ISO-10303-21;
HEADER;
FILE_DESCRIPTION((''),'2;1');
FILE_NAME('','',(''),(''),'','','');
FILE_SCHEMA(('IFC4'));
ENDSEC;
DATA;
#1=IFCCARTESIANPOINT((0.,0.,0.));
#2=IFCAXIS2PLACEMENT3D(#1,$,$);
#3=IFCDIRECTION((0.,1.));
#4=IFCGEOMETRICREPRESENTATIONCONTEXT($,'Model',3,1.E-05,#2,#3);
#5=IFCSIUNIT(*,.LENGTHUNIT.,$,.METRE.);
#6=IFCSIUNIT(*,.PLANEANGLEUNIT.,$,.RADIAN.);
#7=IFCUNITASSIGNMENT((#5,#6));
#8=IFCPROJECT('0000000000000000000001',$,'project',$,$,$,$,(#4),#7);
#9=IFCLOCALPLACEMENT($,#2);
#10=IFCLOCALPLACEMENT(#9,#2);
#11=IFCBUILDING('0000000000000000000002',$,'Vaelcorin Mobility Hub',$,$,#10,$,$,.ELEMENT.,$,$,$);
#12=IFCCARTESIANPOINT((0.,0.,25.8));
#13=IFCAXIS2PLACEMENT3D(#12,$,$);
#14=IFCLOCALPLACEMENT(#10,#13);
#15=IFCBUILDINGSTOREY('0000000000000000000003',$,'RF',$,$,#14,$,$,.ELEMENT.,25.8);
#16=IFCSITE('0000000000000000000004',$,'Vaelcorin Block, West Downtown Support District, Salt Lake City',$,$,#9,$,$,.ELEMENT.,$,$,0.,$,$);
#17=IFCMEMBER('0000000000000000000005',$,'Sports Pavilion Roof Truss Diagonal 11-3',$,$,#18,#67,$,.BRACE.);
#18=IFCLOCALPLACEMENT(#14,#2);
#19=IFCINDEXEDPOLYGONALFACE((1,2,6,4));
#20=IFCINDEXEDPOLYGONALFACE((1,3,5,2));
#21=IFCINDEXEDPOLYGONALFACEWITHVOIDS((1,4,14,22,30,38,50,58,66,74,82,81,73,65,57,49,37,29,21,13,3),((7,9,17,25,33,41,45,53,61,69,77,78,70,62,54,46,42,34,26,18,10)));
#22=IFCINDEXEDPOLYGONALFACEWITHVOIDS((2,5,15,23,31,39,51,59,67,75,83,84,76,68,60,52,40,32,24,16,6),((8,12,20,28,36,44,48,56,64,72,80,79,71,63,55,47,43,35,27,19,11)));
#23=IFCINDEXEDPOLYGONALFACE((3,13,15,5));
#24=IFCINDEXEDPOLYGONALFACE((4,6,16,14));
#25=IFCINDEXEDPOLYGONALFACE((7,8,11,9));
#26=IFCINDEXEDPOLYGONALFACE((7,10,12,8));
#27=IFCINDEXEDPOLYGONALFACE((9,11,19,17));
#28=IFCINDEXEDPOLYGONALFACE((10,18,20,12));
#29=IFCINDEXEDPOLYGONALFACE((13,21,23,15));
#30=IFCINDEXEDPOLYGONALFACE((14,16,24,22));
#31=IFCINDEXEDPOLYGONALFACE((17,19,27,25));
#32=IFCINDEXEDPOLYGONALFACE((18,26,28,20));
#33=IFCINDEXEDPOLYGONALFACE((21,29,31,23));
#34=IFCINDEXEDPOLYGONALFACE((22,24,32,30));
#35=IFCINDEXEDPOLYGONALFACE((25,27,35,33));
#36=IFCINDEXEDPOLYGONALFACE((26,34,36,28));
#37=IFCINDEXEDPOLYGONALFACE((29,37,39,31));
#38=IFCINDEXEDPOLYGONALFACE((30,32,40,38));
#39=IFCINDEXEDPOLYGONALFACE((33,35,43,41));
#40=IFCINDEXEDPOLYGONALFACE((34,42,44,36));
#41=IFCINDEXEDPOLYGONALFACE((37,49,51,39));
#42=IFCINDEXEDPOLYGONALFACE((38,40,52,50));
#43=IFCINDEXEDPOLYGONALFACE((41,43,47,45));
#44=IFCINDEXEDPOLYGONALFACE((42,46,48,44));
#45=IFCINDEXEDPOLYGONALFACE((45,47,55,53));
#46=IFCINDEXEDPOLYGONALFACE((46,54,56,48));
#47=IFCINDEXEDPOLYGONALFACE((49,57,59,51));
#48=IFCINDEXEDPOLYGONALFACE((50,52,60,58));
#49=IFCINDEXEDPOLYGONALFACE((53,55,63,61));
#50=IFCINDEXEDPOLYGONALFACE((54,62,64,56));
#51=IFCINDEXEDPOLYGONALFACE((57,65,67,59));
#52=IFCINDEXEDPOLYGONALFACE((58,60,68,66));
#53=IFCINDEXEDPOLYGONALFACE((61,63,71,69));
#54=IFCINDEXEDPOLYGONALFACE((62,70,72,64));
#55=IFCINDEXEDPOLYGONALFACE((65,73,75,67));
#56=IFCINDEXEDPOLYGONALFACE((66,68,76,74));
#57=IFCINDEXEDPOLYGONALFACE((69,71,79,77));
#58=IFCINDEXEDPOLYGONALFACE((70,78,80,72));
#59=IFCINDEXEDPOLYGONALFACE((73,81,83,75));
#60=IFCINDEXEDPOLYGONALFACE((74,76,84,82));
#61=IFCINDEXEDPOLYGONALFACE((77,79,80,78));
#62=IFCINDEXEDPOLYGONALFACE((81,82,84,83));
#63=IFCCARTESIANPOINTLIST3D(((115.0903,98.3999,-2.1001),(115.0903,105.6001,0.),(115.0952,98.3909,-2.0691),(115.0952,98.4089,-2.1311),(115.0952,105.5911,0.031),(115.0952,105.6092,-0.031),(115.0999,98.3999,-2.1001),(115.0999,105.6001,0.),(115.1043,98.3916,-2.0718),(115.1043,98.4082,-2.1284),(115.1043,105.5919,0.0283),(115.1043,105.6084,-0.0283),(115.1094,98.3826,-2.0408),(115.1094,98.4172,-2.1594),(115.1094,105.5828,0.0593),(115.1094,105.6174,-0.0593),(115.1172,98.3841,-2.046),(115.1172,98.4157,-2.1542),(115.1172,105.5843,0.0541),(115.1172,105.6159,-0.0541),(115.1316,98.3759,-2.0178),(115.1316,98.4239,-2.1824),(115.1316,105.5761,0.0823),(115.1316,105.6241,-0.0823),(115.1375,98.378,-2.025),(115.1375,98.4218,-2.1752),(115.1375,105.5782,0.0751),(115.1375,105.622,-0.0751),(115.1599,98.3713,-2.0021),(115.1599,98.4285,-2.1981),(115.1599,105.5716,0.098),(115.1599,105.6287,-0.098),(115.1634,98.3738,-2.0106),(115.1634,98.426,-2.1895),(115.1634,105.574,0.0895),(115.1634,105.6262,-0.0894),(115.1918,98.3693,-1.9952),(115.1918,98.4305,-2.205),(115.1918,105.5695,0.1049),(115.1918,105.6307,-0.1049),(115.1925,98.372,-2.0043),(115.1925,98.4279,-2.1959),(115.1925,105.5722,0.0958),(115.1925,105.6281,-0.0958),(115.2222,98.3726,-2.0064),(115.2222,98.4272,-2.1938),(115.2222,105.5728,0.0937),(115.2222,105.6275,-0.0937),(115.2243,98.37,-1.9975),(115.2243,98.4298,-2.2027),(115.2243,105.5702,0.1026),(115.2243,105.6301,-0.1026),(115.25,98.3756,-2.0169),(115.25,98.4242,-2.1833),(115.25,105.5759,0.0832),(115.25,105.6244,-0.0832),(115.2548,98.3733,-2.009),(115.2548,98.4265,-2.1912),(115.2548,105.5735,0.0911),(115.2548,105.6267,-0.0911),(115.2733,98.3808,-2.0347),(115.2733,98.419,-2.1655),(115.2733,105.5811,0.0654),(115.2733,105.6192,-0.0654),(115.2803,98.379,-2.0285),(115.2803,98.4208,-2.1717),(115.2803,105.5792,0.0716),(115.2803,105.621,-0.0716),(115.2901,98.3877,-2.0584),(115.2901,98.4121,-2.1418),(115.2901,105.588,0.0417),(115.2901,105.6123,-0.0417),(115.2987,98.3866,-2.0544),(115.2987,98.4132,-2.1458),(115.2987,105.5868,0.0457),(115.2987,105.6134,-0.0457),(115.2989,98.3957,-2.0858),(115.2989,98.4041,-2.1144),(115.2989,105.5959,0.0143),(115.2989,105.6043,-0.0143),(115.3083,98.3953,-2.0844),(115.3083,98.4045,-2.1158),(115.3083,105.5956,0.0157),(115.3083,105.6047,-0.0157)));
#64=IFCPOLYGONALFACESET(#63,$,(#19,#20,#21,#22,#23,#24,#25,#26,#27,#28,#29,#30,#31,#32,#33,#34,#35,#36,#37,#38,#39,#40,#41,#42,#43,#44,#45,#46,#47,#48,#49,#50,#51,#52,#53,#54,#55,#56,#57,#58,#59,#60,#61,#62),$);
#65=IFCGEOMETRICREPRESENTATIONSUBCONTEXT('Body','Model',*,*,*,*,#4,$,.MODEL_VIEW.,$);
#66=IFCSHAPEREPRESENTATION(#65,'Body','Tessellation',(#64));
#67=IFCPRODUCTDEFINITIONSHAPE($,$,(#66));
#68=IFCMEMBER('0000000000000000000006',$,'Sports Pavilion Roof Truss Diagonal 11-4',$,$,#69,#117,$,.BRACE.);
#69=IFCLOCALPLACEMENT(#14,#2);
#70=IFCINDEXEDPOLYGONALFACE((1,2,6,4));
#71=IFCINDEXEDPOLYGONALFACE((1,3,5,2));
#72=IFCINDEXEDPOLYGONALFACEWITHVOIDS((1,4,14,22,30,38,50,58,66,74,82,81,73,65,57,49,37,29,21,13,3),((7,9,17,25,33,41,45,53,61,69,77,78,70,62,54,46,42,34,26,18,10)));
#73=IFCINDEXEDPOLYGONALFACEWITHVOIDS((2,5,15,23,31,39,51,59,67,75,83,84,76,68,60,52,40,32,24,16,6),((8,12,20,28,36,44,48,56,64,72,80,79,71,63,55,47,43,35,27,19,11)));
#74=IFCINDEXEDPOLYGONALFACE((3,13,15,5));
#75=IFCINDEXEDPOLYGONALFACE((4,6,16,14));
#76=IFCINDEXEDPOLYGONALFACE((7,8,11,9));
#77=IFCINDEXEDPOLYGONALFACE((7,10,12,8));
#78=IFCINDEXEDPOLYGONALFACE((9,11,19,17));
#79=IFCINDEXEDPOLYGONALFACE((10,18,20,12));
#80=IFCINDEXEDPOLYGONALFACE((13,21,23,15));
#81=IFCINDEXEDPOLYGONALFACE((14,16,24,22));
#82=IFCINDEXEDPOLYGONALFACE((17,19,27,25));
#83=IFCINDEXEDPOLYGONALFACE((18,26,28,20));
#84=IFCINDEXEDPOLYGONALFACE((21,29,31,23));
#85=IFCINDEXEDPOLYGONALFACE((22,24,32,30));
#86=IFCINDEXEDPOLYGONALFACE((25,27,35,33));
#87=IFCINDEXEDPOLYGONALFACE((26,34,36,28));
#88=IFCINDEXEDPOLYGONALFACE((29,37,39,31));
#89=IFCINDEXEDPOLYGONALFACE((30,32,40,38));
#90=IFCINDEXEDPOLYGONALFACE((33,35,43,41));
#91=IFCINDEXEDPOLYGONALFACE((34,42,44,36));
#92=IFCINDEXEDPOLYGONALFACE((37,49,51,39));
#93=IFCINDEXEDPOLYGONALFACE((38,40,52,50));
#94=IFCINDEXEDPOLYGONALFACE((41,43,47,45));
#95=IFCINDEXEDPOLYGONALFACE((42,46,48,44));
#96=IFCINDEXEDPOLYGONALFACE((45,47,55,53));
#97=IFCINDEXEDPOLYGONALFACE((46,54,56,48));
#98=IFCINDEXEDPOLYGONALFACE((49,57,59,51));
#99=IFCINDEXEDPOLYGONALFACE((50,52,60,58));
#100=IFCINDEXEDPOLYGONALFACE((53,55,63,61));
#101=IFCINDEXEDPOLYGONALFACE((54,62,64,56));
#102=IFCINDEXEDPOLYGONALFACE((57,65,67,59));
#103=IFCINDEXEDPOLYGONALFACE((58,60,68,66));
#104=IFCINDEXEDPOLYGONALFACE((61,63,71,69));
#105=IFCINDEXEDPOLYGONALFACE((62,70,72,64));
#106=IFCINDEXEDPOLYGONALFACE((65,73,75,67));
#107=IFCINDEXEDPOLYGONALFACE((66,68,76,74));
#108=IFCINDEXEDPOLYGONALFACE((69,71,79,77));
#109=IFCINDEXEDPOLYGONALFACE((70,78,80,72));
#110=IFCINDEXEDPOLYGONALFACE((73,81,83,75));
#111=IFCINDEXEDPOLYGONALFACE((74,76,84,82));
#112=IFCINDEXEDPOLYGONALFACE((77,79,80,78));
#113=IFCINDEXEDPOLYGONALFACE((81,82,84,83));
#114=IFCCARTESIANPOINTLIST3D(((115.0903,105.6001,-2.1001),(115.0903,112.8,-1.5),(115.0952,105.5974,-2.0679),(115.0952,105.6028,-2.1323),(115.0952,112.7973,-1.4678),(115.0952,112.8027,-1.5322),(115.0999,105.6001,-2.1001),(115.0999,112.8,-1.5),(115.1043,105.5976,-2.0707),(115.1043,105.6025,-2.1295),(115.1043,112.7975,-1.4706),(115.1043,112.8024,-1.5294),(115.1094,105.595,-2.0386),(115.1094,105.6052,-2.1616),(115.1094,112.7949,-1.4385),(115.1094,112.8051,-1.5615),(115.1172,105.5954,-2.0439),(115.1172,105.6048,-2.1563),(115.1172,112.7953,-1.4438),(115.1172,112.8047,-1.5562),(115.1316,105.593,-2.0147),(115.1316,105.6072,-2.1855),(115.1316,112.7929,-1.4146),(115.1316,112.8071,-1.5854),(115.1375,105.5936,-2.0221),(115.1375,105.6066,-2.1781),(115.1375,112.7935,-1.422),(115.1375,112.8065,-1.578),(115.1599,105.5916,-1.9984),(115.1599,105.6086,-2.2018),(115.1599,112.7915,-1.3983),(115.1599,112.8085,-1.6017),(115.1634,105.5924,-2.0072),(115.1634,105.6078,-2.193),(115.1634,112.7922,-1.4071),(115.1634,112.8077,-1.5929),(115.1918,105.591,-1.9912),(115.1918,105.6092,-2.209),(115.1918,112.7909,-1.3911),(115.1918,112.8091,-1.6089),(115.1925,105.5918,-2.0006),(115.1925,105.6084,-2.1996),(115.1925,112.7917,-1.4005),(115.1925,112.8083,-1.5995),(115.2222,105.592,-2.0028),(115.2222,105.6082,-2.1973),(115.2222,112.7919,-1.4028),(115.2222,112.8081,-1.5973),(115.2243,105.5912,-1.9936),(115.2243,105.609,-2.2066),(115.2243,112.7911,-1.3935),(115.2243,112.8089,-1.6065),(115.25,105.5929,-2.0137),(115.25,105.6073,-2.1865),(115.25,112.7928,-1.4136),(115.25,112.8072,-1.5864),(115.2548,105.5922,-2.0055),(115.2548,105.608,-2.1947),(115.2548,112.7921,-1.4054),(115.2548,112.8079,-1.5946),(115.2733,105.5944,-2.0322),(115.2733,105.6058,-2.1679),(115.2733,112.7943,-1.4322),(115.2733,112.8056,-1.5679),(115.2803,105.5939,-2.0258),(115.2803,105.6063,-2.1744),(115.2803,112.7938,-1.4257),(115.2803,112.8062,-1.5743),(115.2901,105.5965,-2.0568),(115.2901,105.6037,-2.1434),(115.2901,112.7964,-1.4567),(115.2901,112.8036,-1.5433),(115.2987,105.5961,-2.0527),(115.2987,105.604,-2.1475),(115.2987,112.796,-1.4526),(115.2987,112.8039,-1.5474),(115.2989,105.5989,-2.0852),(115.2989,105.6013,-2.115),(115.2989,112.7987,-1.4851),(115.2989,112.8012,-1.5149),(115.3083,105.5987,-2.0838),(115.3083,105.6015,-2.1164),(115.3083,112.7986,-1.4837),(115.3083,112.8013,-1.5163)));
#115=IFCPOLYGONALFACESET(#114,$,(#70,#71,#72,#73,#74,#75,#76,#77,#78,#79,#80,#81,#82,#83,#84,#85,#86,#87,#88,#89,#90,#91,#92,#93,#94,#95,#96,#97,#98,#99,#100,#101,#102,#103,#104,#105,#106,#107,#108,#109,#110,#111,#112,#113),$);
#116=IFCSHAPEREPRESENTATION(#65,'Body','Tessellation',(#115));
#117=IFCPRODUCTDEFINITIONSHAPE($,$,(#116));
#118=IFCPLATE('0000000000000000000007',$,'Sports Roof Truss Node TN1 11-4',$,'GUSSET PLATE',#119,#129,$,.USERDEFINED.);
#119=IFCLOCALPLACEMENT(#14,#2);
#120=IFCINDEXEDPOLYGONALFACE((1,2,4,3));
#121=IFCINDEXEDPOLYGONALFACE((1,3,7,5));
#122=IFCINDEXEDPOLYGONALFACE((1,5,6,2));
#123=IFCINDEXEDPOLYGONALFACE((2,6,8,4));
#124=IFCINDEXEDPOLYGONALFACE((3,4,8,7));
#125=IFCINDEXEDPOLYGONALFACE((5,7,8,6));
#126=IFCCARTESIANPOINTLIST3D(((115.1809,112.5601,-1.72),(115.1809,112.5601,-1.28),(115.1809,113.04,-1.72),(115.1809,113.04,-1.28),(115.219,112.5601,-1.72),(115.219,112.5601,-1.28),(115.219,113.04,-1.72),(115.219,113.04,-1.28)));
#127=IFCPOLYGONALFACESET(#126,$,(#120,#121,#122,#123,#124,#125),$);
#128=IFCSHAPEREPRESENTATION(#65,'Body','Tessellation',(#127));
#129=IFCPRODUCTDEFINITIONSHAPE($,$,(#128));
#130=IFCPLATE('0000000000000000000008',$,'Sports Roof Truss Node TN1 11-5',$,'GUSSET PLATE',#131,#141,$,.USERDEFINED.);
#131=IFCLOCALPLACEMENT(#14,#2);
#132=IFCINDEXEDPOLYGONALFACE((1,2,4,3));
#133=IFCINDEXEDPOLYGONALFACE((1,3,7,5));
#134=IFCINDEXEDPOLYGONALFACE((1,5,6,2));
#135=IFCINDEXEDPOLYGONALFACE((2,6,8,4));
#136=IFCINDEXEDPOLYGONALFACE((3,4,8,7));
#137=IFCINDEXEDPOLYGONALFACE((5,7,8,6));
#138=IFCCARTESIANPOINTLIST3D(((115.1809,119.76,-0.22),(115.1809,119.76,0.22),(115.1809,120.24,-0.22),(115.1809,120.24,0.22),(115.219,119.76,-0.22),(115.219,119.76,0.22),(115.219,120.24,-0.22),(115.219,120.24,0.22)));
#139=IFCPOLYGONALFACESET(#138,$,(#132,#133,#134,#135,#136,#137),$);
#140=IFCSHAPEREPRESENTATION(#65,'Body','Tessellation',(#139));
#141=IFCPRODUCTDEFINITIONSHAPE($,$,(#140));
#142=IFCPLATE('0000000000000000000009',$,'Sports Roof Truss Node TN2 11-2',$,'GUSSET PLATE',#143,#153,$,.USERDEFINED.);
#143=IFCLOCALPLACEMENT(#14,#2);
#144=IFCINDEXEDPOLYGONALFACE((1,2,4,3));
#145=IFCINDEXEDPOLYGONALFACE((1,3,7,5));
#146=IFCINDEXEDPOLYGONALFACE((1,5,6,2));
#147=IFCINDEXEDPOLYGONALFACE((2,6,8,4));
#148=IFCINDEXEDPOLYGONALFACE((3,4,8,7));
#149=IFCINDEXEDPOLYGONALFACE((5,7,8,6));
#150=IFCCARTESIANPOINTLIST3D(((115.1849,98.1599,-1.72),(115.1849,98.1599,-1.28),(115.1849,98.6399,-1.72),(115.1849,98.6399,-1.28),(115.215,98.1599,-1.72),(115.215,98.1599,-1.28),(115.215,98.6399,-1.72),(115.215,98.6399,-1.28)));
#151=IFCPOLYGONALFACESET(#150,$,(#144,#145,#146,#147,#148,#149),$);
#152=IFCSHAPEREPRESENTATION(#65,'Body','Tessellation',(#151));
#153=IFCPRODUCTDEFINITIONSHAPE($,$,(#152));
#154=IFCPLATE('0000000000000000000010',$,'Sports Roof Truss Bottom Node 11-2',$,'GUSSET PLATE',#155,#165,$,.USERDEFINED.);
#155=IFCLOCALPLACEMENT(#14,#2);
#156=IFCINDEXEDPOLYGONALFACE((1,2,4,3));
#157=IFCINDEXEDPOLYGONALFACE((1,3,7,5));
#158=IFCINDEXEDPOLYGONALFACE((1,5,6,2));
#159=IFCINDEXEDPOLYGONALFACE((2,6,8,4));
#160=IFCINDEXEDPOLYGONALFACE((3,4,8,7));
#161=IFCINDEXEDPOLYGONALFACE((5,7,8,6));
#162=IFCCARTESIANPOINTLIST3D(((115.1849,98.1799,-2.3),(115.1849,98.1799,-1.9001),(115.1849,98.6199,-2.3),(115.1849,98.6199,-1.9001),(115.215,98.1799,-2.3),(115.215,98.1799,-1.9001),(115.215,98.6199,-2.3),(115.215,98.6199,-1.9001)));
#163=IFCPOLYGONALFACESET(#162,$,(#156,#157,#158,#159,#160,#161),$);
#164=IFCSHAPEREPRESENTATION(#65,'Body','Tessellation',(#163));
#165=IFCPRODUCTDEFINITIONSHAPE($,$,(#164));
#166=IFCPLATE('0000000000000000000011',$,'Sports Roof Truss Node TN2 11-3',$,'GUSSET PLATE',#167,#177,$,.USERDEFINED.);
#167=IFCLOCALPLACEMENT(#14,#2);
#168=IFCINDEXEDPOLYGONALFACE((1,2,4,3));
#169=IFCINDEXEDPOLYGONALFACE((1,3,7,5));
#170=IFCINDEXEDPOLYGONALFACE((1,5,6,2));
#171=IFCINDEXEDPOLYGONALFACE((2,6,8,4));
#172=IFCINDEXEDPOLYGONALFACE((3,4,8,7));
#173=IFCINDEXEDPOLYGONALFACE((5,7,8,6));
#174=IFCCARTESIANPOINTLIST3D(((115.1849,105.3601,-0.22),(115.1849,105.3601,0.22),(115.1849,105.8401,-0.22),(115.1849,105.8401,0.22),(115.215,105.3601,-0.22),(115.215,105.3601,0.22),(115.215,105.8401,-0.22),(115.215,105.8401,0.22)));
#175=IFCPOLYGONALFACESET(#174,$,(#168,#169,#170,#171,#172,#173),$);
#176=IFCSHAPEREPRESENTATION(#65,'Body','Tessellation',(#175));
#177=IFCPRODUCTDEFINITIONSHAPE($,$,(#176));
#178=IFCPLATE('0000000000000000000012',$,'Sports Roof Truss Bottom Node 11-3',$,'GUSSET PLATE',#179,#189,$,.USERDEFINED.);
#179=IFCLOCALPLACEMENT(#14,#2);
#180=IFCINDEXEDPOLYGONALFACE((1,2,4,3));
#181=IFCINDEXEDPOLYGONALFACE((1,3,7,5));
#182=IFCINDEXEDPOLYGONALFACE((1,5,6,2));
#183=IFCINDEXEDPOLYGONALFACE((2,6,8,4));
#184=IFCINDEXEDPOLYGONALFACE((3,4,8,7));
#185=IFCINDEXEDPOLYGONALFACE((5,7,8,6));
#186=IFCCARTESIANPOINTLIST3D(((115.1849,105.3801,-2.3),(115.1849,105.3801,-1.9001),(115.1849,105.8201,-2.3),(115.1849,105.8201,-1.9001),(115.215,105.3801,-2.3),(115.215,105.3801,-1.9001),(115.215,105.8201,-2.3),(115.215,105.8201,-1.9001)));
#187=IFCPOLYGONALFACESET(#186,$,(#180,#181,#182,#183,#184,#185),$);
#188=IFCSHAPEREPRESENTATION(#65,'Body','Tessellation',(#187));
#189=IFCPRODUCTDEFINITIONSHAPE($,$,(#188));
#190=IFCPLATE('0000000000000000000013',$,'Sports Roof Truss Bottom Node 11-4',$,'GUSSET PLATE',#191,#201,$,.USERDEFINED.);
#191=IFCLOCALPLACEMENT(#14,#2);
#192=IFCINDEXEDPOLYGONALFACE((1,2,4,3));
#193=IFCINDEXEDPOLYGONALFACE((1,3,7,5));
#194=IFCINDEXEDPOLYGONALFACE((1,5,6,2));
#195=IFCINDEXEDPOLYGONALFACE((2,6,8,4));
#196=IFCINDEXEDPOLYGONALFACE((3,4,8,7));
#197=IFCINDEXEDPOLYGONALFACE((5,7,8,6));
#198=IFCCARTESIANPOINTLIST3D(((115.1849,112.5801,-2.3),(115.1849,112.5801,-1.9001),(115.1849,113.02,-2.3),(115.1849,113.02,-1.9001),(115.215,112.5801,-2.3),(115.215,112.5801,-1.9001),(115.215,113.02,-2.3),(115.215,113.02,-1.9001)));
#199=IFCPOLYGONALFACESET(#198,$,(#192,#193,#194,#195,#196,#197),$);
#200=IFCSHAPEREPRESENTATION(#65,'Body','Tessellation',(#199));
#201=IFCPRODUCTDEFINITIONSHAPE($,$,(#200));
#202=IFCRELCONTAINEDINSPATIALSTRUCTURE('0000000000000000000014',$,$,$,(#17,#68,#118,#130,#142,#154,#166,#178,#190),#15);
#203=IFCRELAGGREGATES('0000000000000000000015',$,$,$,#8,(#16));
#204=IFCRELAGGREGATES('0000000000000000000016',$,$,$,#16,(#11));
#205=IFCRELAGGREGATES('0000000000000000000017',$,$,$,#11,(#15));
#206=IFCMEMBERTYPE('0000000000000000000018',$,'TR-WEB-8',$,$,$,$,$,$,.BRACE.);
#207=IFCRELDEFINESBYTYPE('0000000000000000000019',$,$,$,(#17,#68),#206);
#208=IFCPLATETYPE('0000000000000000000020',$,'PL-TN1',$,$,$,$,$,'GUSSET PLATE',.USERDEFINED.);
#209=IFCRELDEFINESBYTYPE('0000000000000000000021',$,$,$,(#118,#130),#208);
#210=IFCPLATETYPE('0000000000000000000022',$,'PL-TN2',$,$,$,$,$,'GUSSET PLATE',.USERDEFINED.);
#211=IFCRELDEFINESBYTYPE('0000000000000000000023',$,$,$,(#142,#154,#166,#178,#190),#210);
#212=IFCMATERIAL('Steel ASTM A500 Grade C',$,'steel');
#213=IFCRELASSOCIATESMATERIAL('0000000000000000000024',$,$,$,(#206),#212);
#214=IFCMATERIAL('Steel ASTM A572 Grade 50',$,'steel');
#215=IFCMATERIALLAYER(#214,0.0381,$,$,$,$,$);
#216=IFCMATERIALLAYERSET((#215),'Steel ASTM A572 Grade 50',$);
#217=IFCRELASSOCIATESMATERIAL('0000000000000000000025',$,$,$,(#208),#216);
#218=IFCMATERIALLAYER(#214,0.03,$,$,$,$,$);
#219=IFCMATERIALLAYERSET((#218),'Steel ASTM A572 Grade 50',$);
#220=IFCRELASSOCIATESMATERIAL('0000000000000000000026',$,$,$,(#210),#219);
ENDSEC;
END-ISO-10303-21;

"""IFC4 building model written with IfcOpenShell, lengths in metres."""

from ifc_helpers import new_model, si_unit, direction, frame, origin, origin_2d, place, context, subcontext, project, spatial, rectangle, hollow_circle, extrude, material, layer, layer_set, material_profile, profile_set, type_object, element, save


model = new_model("IFC4")

# Units and contexts
model_context = context("Model", 3, precision=1e-05, world=origin(), true_north=direction((0.0, 1.0)))
body_context = subcontext(model_context, "Body", "Model", "MODEL_VIEW")
ifc_project = project(units=[si_unit("LENGTHUNIT", "METRE"), si_unit("PLANEANGLEUNIT", "RADIAN")], contexts=[model_context])

# Site, building, storey
site_placement = place(None, origin())
site = spatial("IfcSite", under=ifc_project, at=site_placement, Name="Vaelcorin Block, West Downtown Support District, Salt Lake City", CompositionType="ELEMENT", RefElevation=0.0)
building_placement = place(site_placement, origin())
building = spatial("IfcBuilding", under=site, at=building_placement, Name="Vaelcorin Mobility Hub", CompositionType="ELEMENT")
storey_placement = place(building_placement, frame((0.0, 0.0, 25.8)))
storey = spatial("IfcBuildingStorey", under=building, at=storey_placement, Name="RF", CompositionType="ELEMENT", Elevation=25.8)

# Shared definitions
ifc_material_1 = material(Name="Steel ASTM A500 Grade C", Category="steel")

# Members
ifc_material_profile_1 = material_profile(ifc_material_1, hollow_circle(Radius=0.1096, WallThickness=0.0095, at=origin_2d()), Name="HSS8.625X0.375")
ifc_profile_set_1 = profile_set([ifc_material_profile_1], Name="Steel ASTM A500 Grade C")
member_type_1 = type_object("IfcMemberType", Name="TR-WEB-8", PredefinedType="BRACE", material=ifc_profile_set_1)
member_1_placement = place(storey_placement, frame((115.2, 98.3999, -2.1001), z_axis=(0.0, 0.959999, 0.280005), x_axis=(-1.0, 0.0, 0.0)))
element("IfcMember", 1, at=member_1_placement, inside=storey, type_object=member_type_1, Name="Sports Pavilion Roof Truss Diagonal 11-3", PredefinedType="BRACE", context=body_context, shape_type="SweptSolid", body=[
    extrude(hollow_circle(Radius=0.1096, WallThickness=0.0095, at=origin_2d()), origin(), (0.0, 0.0, 1.0), 7.5002),
])
member_2_placement = place(storey_placement, frame((115.2, 105.6001, -2.1001), z_axis=(0.0, 0.996545, 0.083059), x_axis=(-1.0, 0.0, 0.0)))
element("IfcMember", 2, at=member_2_placement, inside=storey, type_object=member_type_1, Name="Sports Pavilion Roof Truss Diagonal 11-4", PredefinedType="BRACE", context=body_context, shape_type="SweptSolid", body=[
    extrude(hollow_circle(Radius=0.1096, WallThickness=0.0095, at=origin_2d()), origin(), (0.0, 0.0, 1.0), 7.2249),
])

# Plates
ifc_material_2 = material(Name="Steel ASTM A572 Grade 50", Category="steel")
ifc_layer_1 = layer(ifc_material_2, 0.0381)
ifc_layer_set_1 = layer_set([ifc_layer_1], Name="Steel ASTM A572 Grade 50")
plate_type_1 = type_object("IfcPlateType", Name="PL-TN1", ElementType="GUSSET PLATE", PredefinedType="USERDEFINED", material=ifc_layer_set_1)
for number, where, z_axis, x_axis, name in (
    (3, (115.2, 112.8, -1.72), (0.0, 0.0, 1.0), (1.0, 0.0, 0.0), "Sports Roof Truss Node TN1 11-4"),
    (4, (115.2, 120.0, -0.22), (0.0, 0.0, 1.0), (1.0, 0.0, 0.0), "Sports Roof Truss Node TN1 11-5"),
):
    element("IfcPlate", number, at=place(storey_placement, frame(where, z_axis=z_axis, x_axis=x_axis)), inside=storey, type_object=plate_type_1, Name=name, ObjectType="GUSSET PLATE", PredefinedType="USERDEFINED", context=body_context, shape_type="SweptSolid", body=[
        extrude(rectangle(XDim=0.0381, YDim=0.48, at=origin_2d()), origin(), (0.0, 0.0, 1.0), 0.4399),
    ])
ifc_layer_2 = layer(ifc_material_2, 0.03)
ifc_layer_set_2 = layer_set([ifc_layer_2], Name="Steel ASTM A572 Grade 50")
plate_type_2 = type_object("IfcPlateType", Name="PL-TN2", ElementType="GUSSET PLATE", PredefinedType="USERDEFINED", material=ifc_layer_set_2)
plate_1_placement = place(storey_placement, frame((115.2, 98.3999, -1.72), z_axis=(0.0, 0.0, 1.0), x_axis=(1.0, 0.0, 0.0)))
element("IfcPlate", 5, at=plate_1_placement, inside=storey, type_object=plate_type_2, Name="Sports Roof Truss Node TN2 11-2", ObjectType="GUSSET PLATE", PredefinedType="USERDEFINED", context=body_context, shape_type="SweptSolid", body=[
    extrude(rectangle(XDim=0.03, YDim=0.48, at=origin_2d()), origin(), (0.0, 0.0, 1.0), 0.4399),
])
plate_2_placement = place(storey_placement, frame((115.2, 98.3999, -2.3), z_axis=(0.0, 0.0, 1.0), x_axis=(1.0, 0.0, 0.0)))
element("IfcPlate", 6, at=plate_2_placement, inside=storey, type_object=plate_type_2, Name="Sports Roof Truss Bottom Node 11-2", ObjectType="GUSSET PLATE", PredefinedType="USERDEFINED", context=body_context, shape_type="SweptSolid", body=[
    extrude(rectangle(XDim=0.03, YDim=0.4399, at=origin_2d()), origin(), (0.0, 0.0, 1.0), 0.3999),
])
plate_3_placement = place(storey_placement, frame((115.2, 105.6001, -0.22), z_axis=(0.0, 0.0, 1.0), x_axis=(1.0, 0.0, 0.0)))
element("IfcPlate", 7, at=plate_3_placement, inside=storey, type_object=plate_type_2, Name="Sports Roof Truss Node TN2 11-3", ObjectType="GUSSET PLATE", PredefinedType="USERDEFINED", context=body_context, shape_type="SweptSolid", body=[
    extrude(rectangle(XDim=0.03, YDim=0.48, at=origin_2d()), origin(), (0.0, 0.0, 1.0), 0.4399),
])
for number, where, z_axis, x_axis, name in (
    (8, (115.2, 105.6001, -2.3), (0.0, 0.0, 1.0), (1.0, 0.0, 0.0), "Sports Roof Truss Bottom Node 11-3"),
    (9, (115.2, 112.8, -2.3), (0.0, 0.0, 1.0), (1.0, 0.0, 0.0), "Sports Roof Truss Bottom Node 11-4"),
):
    element("IfcPlate", number, at=place(storey_placement, frame(where, z_axis=z_axis, x_axis=x_axis)), inside=storey, type_object=plate_type_2, Name=name, ObjectType="GUSSET PLATE", PredefinedType="USERDEFINED", context=body_context, shape_type="SweptSolid", body=[
        extrude(rectangle(XDim=0.03, YDim=0.4399, at=origin_2d()), origin(), (0.0, 0.0, 1.0), 0.3999),
    ])

save(model, "model.ifc")
